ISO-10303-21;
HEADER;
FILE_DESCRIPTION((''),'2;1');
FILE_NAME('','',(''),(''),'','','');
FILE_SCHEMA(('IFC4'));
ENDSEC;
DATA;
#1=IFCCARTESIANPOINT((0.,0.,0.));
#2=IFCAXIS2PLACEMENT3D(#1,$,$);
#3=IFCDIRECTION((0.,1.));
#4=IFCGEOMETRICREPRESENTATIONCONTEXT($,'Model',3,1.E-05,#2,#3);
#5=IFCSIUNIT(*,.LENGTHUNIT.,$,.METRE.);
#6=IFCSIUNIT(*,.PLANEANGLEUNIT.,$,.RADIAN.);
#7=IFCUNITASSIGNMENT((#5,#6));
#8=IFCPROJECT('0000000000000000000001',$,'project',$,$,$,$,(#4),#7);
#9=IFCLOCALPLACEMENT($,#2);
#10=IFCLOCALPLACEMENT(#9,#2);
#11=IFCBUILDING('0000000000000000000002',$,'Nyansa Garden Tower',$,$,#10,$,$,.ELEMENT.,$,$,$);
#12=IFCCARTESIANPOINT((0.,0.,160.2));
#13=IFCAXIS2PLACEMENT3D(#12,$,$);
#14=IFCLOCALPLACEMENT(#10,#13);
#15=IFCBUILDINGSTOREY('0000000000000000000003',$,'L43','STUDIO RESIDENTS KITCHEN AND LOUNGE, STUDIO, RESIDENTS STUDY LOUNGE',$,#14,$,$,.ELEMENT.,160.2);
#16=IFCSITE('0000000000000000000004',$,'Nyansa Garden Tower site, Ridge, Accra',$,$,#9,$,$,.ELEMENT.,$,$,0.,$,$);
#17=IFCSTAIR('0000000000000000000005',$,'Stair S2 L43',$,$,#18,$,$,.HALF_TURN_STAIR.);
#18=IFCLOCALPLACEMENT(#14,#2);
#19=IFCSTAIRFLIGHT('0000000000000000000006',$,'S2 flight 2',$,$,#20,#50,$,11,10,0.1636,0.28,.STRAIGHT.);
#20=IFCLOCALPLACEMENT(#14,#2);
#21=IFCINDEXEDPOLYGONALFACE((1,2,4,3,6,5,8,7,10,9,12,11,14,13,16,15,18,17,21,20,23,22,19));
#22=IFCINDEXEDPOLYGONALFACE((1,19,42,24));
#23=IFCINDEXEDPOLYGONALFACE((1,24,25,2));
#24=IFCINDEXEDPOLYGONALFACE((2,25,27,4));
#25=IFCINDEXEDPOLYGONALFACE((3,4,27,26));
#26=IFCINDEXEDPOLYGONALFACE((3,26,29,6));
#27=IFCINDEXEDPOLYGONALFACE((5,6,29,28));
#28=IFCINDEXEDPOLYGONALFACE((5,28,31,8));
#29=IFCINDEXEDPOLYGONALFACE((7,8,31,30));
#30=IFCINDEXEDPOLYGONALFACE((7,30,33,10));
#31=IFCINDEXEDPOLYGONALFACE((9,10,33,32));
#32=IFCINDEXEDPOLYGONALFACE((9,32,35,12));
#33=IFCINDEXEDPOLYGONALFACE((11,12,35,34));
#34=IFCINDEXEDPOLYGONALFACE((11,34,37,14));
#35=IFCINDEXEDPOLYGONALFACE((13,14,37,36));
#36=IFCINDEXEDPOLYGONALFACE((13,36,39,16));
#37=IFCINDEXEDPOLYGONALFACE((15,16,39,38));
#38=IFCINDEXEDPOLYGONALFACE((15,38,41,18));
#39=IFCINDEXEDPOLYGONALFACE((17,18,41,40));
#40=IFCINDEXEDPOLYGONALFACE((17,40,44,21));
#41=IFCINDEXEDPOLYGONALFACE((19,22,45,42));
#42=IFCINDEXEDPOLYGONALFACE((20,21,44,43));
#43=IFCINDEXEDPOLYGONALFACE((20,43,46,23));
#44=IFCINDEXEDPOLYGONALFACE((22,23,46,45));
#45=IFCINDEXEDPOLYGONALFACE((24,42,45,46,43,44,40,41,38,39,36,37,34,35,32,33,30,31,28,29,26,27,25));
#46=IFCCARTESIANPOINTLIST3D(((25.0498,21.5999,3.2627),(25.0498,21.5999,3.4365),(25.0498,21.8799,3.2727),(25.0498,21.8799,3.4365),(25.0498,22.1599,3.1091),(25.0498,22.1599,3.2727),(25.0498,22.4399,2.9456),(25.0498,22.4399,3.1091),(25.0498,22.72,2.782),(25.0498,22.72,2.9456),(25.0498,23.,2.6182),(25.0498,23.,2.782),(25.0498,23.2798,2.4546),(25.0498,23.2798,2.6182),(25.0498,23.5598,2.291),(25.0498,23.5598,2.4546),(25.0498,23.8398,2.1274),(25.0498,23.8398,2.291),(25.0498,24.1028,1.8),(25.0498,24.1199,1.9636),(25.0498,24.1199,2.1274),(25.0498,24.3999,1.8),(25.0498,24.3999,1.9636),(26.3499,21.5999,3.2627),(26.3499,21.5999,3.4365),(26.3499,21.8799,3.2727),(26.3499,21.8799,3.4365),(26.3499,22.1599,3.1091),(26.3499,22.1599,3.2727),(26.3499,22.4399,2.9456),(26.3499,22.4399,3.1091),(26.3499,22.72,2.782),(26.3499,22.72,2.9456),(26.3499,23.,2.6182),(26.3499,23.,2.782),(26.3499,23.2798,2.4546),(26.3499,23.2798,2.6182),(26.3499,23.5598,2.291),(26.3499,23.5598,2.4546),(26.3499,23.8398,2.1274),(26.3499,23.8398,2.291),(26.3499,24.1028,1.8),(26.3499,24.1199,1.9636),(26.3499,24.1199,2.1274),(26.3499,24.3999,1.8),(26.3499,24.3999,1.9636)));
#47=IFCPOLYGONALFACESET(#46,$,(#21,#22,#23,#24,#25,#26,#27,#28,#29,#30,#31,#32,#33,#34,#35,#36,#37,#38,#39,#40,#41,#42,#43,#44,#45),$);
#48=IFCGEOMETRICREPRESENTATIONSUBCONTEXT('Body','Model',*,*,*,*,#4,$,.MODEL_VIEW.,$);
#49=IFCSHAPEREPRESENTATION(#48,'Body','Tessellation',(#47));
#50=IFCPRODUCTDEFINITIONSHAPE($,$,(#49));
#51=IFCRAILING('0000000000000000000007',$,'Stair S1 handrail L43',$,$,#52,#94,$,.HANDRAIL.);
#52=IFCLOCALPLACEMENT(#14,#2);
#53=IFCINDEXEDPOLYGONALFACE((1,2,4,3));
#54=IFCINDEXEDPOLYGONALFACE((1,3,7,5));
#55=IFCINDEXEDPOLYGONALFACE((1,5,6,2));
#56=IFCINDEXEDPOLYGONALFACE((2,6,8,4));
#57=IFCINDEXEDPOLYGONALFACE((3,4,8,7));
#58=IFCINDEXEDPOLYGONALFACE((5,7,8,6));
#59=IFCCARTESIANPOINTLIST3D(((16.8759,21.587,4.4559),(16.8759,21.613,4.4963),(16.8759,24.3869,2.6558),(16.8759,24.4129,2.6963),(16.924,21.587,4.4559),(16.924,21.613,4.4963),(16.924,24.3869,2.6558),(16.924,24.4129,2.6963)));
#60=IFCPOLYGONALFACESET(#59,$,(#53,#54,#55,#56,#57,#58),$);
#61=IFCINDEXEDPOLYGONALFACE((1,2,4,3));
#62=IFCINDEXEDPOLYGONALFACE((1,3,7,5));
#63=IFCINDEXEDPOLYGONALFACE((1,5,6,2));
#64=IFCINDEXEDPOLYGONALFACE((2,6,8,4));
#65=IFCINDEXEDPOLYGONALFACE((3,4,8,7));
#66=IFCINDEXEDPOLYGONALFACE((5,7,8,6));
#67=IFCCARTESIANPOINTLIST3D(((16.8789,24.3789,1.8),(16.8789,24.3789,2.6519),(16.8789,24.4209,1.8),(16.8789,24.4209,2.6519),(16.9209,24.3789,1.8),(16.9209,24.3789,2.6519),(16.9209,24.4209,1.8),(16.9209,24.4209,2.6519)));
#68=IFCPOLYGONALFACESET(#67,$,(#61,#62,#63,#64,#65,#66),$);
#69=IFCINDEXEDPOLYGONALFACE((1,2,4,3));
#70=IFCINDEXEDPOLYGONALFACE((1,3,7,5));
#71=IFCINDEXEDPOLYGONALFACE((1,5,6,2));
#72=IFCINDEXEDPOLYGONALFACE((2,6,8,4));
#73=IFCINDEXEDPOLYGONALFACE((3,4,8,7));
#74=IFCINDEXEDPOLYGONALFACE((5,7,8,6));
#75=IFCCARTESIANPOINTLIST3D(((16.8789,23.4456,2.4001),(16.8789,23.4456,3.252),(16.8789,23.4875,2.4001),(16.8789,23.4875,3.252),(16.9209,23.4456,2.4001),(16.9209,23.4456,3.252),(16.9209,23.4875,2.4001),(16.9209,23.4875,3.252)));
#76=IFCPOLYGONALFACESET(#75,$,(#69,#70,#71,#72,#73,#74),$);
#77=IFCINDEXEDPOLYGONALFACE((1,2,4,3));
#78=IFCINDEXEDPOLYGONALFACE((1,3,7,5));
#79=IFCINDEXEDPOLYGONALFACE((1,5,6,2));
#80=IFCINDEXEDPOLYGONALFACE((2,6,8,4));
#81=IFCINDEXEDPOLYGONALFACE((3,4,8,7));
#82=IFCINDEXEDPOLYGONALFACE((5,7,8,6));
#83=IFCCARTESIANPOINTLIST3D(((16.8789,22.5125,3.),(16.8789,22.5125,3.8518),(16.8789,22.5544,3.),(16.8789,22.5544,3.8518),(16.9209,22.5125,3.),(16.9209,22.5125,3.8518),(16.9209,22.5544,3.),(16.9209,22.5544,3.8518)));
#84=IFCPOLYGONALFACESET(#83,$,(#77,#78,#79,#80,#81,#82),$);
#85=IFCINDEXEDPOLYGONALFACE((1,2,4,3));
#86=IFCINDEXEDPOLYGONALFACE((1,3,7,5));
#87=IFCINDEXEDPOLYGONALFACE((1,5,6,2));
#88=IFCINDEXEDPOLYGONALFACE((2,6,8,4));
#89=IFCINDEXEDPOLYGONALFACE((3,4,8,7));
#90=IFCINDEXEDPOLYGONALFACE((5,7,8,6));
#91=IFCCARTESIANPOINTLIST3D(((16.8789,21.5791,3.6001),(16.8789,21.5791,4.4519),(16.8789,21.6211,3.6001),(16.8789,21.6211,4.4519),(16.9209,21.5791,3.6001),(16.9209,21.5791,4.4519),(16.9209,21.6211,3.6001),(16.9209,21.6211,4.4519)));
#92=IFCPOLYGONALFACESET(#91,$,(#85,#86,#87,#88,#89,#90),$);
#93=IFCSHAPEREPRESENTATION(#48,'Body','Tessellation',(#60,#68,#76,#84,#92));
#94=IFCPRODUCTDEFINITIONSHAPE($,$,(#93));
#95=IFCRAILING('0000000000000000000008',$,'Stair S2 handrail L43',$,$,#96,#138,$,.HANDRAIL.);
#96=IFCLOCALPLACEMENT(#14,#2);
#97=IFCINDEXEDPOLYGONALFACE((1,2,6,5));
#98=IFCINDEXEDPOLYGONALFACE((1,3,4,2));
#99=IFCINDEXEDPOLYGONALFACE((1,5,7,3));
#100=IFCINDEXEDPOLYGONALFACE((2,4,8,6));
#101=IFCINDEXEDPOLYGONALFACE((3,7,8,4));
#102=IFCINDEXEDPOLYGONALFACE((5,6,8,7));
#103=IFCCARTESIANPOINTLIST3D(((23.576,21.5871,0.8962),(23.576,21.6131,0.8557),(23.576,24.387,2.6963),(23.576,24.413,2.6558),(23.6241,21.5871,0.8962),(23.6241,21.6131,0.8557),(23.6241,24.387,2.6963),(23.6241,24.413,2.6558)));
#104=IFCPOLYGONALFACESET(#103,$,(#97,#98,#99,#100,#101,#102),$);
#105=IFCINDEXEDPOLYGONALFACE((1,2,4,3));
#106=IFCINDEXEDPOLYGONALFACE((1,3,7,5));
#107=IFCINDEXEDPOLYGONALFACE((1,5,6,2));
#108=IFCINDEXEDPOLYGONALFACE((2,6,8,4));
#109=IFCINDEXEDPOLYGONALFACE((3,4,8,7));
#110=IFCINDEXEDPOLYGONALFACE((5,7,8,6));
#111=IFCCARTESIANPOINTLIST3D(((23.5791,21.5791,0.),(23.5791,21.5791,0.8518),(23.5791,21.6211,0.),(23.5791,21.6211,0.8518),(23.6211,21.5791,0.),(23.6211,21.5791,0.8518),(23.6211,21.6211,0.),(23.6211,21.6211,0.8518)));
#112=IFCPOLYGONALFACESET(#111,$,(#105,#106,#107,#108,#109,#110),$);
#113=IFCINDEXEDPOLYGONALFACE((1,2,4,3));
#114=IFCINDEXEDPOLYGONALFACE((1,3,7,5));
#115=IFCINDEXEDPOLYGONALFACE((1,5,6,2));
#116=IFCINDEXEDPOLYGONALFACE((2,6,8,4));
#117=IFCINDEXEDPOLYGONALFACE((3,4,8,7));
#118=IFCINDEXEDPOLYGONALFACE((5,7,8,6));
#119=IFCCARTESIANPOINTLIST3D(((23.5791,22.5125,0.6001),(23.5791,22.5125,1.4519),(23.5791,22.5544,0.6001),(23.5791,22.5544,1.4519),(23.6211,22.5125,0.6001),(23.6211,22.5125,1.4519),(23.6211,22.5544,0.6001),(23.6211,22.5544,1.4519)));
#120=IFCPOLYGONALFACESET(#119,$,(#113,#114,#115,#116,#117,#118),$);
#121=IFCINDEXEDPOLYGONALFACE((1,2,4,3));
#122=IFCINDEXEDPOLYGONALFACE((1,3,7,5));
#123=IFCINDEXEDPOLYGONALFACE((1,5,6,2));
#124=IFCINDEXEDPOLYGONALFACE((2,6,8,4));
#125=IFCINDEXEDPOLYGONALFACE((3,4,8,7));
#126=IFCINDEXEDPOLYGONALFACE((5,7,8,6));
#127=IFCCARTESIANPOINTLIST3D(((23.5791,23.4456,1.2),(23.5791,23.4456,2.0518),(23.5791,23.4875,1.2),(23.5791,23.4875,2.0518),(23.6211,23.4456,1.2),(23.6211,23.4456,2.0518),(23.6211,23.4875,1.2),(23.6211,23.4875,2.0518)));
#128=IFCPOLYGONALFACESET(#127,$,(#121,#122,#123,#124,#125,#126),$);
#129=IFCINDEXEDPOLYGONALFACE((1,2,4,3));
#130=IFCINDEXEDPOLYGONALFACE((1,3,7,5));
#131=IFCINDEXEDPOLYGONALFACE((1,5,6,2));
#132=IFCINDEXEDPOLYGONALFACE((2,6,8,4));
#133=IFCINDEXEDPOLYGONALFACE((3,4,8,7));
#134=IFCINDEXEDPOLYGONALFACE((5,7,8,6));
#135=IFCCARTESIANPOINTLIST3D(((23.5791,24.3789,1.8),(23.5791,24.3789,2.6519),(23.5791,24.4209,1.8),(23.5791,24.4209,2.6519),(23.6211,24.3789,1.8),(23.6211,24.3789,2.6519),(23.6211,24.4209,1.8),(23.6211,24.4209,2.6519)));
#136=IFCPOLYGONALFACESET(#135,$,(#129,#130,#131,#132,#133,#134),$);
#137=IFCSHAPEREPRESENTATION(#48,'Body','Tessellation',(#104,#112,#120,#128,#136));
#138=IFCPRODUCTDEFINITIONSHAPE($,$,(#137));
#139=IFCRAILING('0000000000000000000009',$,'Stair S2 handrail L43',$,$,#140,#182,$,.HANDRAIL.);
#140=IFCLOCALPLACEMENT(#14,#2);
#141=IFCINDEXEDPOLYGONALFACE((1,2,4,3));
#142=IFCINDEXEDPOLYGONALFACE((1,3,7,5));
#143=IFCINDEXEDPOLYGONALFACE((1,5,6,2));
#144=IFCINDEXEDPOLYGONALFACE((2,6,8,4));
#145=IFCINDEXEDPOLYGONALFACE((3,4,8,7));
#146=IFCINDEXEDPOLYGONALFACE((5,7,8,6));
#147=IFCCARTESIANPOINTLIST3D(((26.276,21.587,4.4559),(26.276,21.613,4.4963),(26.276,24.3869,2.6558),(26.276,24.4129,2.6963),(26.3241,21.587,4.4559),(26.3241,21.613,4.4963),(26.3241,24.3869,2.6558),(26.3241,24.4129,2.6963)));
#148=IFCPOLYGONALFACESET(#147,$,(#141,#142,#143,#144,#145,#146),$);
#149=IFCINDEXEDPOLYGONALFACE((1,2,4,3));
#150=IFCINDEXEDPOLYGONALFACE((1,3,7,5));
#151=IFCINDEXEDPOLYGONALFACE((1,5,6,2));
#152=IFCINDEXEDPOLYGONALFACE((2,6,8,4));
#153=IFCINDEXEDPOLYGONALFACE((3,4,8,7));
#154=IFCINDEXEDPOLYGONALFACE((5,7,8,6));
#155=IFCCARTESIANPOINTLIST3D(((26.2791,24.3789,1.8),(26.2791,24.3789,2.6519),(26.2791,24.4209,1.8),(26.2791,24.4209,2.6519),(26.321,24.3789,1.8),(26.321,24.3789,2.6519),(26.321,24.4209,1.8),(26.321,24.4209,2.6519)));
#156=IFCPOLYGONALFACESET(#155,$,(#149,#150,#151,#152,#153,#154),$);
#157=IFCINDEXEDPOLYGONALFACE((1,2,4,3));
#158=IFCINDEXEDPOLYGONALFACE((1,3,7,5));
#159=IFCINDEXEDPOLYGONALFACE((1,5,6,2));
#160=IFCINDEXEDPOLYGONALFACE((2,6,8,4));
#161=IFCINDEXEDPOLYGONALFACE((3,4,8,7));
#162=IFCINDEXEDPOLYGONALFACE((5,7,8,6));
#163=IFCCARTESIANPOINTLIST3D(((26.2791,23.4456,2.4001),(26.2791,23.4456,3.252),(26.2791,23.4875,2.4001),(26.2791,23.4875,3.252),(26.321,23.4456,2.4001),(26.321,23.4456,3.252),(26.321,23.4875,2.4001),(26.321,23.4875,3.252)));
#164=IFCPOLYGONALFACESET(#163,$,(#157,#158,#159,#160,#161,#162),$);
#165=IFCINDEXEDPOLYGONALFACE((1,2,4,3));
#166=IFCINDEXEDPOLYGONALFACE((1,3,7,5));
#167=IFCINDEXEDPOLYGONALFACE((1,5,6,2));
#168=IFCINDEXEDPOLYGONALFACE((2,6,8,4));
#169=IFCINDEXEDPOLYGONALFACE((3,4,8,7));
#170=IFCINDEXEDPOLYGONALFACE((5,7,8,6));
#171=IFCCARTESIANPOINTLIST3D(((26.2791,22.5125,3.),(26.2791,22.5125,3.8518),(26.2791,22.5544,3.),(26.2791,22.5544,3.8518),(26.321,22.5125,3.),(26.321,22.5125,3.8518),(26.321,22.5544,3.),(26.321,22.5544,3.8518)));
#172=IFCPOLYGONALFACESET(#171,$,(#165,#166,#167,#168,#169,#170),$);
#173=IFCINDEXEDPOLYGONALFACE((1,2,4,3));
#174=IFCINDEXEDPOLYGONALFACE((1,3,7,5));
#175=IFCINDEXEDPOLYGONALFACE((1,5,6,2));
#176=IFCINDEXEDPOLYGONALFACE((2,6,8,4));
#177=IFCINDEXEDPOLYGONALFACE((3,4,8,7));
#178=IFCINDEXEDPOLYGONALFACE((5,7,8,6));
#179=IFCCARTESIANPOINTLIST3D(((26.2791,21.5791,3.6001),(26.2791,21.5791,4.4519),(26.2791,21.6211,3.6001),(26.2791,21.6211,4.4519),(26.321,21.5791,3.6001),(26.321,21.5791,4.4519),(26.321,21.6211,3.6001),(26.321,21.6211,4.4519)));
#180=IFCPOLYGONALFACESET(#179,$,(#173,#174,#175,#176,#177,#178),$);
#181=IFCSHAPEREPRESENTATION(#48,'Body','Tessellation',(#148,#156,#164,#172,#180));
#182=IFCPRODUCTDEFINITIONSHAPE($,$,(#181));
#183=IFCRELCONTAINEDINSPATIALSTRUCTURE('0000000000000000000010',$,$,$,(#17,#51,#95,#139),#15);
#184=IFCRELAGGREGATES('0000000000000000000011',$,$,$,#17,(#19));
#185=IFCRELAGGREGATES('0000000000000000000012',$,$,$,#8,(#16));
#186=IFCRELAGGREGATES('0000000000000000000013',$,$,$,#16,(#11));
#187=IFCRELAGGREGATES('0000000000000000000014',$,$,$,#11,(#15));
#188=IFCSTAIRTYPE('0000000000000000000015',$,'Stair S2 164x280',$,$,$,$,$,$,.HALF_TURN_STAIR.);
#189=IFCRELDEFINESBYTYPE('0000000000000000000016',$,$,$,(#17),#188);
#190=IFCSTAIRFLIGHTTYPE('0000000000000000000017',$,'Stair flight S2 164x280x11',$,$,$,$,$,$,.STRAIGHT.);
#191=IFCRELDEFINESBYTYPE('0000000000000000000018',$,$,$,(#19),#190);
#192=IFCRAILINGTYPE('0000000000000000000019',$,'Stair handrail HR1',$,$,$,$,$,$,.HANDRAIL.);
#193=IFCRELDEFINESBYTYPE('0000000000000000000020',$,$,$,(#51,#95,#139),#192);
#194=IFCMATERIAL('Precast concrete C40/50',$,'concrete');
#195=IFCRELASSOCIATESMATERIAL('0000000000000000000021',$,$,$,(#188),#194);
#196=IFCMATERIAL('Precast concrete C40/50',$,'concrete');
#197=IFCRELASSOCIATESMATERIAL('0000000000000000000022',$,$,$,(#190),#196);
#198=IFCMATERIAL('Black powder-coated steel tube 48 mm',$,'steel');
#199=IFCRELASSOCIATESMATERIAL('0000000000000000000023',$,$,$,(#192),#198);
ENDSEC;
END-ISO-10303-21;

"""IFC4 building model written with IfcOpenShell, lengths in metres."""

from ifc_helpers import new_model, si_unit, direction, frame, origin, origin_2d, place, context, subcontext, project, spatial, polyline, rectangle, outline, extrude, material, type_object, element, aggregate, save


model = new_model("IFC4")

# Units and contexts
model_context = context("Model", 3, precision=1e-05, world=origin(), true_north=direction((0.0, 1.0)))
body_context = subcontext(model_context, "Body", "Model", "MODEL_VIEW")
ifc_project = project(units=[si_unit("LENGTHUNIT", "METRE"), si_unit("PLANEANGLEUNIT", "RADIAN")], contexts=[model_context])

# Site, building, storey
site_placement = place(None, origin())
site = spatial("IfcSite", under=ifc_project, at=site_placement, Name="Nyansa Garden Tower site, Ridge, Accra", CompositionType="ELEMENT", RefElevation=0.0)
building_placement = place(site_placement, origin())
building = spatial("IfcBuilding", under=site, at=building_placement, Name="Nyansa Garden Tower", CompositionType="ELEMENT")
storey_placement = place(building_placement, frame((0.0, 0.0, 160.2)))
storey = spatial("IfcBuildingStorey", under=building, at=storey_placement, Name="L43", Description="STUDIO RESIDENTS KITCHEN AND LOUNGE, STUDIO, RESIDENTS STUDY LOUNGE", CompositionType="ELEMENT", Elevation=160.2)

# Stair, stair flight
ifc_material_1 = material(Name="Precast concrete C40/50", Category="concrete")
stair_type_1 = type_object("IfcStairType", Name="Stair S2 164x280", PredefinedType="HALF_TURN_STAIR", material=ifc_material_1)
stair_1_placement = place(storey_placement, origin())
stair_1 = element("IfcStair", 1, at=stair_1_placement, inside=storey, type_object=stair_type_1, Name="Stair S2 L43", PredefinedType="HALF_TURN_STAIR")
ifc_material_2 = material(Name="Precast concrete C40/50", Category="concrete")
stair_flight_type_1 = type_object("IfcStairFlightType", Name="Stair flight S2 164x280x11", PredefinedType="STRAIGHT", material=ifc_material_2)
stair_flight_1_placement = place(storey_placement, frame((25.7, 24.3999, 1.8), z_axis=(0.0, 0.0, 1.0), x_axis=(0.0, -1.0, 0.0)))
stair_flight_1 = element("IfcStairFlight", 2, at=stair_flight_1_placement, type_object=stair_flight_type_1, Name="S2 flight 2", NumberOfRisers=11, NumberOfTreads=10, PredefinedType="STRAIGHT", RiserHeight=0.1636, TreadLength=0.28, context=body_context, shape_type="SweptSolid", body=[
    extrude(outline(polyline([(0.0, 0.0), (0.0, 0.1636), (0.28, 0.1636), (0.28, 0.3274), (0.5601, 0.3274), (0.5601, 0.491), (0.8401, 0.491), (0.8401, 0.6545), (1.1201, 0.6545), (1.1201, 0.8181), (1.3999, 0.8181), (1.3999, 0.9819), (1.6799, 0.9819), (1.6799, 1.1455), (1.96, 1.1455), (1.96, 1.3091), (2.24, 1.3091), (2.24, 1.4727), (2.52, 1.4727), (2.52, 1.6365), (2.8, 1.6365), (2.8, 1.8), (2.8, 1.4626), (0.2971, 0.0), (0.0, 0.0)])), frame((0.0, 0.6499, 0.0), z_axis=(0.0, -1.0, 0.0), x_axis=(1.0, 0.0, 0.0)), (0.0, 0.0, 1.0), 1.3),
])
aggregate(stair_1, [stair_flight_1])

# Railings
ifc_material_3 = material(Name="Black powder-coated steel tube 48 mm", Category="steel")
railing_type = type_object("IfcRailingType", Name="Stair handrail HR1", PredefinedType="HANDRAIL", material=ifc_material_3)
railing_1_placement = place(storey_placement, frame((16.8999, 24.3999, 1.8)))
element("IfcRailing", 3, at=railing_1_placement, inside=storey, type_object=railing_type, Name="Stair S1 handrail L43", PredefinedType="HANDRAIL", context=body_context, shape_type="SweptSolid", body=[
    extrude(rectangle(XDim=0.0481, YDim=0.0481, at=origin_2d()), frame((0.0, 0.0, 0.876), z_axis=(0.0, -0.841155, 0.540795), x_axis=(1.0, 0.0, 0.0)), (0.0, 0.0, 1.0), 3.3286),
    extrude(rectangle(XDim=0.042, YDim=0.042, at=origin_2d()), origin(), (0.0, 0.0, 1.0), 0.8518),
    extrude(rectangle(XDim=0.042, YDim=0.042, at=origin_2d()), frame((0.0, -0.9333, 0.6001)), (0.0, 0.0, 1.0), 0.8518),
    extrude(rectangle(XDim=0.042, YDim=0.042, at=origin_2d()), frame((0.0, -1.8665, 1.2)), (0.0, 0.0, 1.0), 0.8518),
    extrude(rectangle(XDim=0.042, YDim=0.042, at=origin_2d()), frame((0.0, -2.7998, 1.8)), (0.0, 0.0, 1.0), 0.8518),
])
railing_2_placement = place(storey_placement, frame((23.6001, 21.6001, 0.0)))
element("IfcRailing", 4, at=railing_2_placement, inside=storey, type_object=railing_type, Name="Stair S2 handrail L43", PredefinedType="HANDRAIL", context=body_context, shape_type="SweptSolid", body=[
    extrude(rectangle(XDim=0.0481, YDim=0.0481, at=origin_2d()), frame((0.0, 0.0, 0.876), z_axis=(0.0, 0.841155, 0.540795), x_axis=(-1.0, 0.0, 0.0)), (0.0, 0.0, 1.0), 3.3286),
    extrude(rectangle(XDim=0.042, YDim=0.042, at=origin_2d()), origin(), (0.0, 0.0, 1.0), 0.8518),
    extrude(rectangle(XDim=0.042, YDim=0.042, at=origin_2d()), frame((0.0, 0.9333, 0.6001)), (0.0, 0.0, 1.0), 0.8518),
    extrude(rectangle(XDim=0.042, YDim=0.042, at=origin_2d()), frame((0.0, 1.8665, 1.2)), (0.0, 0.0, 1.0), 0.8518),
    extrude(rectangle(XDim=0.042, YDim=0.042, at=origin_2d()), frame((0.0, 2.7998, 1.8)), (0.0, 0.0, 1.0), 0.8518),
])
railing_3_placement = place(storey_placement, frame((26.3, 24.3999, 1.8)))
element("IfcRailing", 5, at=railing_3_placement, inside=storey, type_object=railing_type, Name="Stair S2 handrail L43", PredefinedType="HANDRAIL", context=body_context, shape_type="SweptSolid", body=[
    extrude(rectangle(XDim=0.0481, YDim=0.0481, at=origin_2d()), frame((0.0, 0.0, 0.876), z_axis=(0.0, -0.841155, 0.540795), x_axis=(1.0, 0.0, 0.0)), (0.0, 0.0, 1.0), 3.3286),
    extrude(rectangle(XDim=0.042, YDim=0.042, at=origin_2d()), origin(), (0.0, 0.0, 1.0), 0.8518),
    extrude(rectangle(XDim=0.042, YDim=0.042, at=origin_2d()), frame((0.0, -0.9333, 0.6001)), (0.0, 0.0, 1.0), 0.8518),
    extrude(rectangle(XDim=0.042, YDim=0.042, at=origin_2d()), frame((0.0, -1.8665, 1.2)), (0.0, 0.0, 1.0), 0.8518),
    extrude(rectangle(XDim=0.042, YDim=0.042, at=origin_2d()), frame((0.0, -2.7998, 1.8)), (0.0, 0.0, 1.0), 0.8518),
])

save(model, "model.ifc")
